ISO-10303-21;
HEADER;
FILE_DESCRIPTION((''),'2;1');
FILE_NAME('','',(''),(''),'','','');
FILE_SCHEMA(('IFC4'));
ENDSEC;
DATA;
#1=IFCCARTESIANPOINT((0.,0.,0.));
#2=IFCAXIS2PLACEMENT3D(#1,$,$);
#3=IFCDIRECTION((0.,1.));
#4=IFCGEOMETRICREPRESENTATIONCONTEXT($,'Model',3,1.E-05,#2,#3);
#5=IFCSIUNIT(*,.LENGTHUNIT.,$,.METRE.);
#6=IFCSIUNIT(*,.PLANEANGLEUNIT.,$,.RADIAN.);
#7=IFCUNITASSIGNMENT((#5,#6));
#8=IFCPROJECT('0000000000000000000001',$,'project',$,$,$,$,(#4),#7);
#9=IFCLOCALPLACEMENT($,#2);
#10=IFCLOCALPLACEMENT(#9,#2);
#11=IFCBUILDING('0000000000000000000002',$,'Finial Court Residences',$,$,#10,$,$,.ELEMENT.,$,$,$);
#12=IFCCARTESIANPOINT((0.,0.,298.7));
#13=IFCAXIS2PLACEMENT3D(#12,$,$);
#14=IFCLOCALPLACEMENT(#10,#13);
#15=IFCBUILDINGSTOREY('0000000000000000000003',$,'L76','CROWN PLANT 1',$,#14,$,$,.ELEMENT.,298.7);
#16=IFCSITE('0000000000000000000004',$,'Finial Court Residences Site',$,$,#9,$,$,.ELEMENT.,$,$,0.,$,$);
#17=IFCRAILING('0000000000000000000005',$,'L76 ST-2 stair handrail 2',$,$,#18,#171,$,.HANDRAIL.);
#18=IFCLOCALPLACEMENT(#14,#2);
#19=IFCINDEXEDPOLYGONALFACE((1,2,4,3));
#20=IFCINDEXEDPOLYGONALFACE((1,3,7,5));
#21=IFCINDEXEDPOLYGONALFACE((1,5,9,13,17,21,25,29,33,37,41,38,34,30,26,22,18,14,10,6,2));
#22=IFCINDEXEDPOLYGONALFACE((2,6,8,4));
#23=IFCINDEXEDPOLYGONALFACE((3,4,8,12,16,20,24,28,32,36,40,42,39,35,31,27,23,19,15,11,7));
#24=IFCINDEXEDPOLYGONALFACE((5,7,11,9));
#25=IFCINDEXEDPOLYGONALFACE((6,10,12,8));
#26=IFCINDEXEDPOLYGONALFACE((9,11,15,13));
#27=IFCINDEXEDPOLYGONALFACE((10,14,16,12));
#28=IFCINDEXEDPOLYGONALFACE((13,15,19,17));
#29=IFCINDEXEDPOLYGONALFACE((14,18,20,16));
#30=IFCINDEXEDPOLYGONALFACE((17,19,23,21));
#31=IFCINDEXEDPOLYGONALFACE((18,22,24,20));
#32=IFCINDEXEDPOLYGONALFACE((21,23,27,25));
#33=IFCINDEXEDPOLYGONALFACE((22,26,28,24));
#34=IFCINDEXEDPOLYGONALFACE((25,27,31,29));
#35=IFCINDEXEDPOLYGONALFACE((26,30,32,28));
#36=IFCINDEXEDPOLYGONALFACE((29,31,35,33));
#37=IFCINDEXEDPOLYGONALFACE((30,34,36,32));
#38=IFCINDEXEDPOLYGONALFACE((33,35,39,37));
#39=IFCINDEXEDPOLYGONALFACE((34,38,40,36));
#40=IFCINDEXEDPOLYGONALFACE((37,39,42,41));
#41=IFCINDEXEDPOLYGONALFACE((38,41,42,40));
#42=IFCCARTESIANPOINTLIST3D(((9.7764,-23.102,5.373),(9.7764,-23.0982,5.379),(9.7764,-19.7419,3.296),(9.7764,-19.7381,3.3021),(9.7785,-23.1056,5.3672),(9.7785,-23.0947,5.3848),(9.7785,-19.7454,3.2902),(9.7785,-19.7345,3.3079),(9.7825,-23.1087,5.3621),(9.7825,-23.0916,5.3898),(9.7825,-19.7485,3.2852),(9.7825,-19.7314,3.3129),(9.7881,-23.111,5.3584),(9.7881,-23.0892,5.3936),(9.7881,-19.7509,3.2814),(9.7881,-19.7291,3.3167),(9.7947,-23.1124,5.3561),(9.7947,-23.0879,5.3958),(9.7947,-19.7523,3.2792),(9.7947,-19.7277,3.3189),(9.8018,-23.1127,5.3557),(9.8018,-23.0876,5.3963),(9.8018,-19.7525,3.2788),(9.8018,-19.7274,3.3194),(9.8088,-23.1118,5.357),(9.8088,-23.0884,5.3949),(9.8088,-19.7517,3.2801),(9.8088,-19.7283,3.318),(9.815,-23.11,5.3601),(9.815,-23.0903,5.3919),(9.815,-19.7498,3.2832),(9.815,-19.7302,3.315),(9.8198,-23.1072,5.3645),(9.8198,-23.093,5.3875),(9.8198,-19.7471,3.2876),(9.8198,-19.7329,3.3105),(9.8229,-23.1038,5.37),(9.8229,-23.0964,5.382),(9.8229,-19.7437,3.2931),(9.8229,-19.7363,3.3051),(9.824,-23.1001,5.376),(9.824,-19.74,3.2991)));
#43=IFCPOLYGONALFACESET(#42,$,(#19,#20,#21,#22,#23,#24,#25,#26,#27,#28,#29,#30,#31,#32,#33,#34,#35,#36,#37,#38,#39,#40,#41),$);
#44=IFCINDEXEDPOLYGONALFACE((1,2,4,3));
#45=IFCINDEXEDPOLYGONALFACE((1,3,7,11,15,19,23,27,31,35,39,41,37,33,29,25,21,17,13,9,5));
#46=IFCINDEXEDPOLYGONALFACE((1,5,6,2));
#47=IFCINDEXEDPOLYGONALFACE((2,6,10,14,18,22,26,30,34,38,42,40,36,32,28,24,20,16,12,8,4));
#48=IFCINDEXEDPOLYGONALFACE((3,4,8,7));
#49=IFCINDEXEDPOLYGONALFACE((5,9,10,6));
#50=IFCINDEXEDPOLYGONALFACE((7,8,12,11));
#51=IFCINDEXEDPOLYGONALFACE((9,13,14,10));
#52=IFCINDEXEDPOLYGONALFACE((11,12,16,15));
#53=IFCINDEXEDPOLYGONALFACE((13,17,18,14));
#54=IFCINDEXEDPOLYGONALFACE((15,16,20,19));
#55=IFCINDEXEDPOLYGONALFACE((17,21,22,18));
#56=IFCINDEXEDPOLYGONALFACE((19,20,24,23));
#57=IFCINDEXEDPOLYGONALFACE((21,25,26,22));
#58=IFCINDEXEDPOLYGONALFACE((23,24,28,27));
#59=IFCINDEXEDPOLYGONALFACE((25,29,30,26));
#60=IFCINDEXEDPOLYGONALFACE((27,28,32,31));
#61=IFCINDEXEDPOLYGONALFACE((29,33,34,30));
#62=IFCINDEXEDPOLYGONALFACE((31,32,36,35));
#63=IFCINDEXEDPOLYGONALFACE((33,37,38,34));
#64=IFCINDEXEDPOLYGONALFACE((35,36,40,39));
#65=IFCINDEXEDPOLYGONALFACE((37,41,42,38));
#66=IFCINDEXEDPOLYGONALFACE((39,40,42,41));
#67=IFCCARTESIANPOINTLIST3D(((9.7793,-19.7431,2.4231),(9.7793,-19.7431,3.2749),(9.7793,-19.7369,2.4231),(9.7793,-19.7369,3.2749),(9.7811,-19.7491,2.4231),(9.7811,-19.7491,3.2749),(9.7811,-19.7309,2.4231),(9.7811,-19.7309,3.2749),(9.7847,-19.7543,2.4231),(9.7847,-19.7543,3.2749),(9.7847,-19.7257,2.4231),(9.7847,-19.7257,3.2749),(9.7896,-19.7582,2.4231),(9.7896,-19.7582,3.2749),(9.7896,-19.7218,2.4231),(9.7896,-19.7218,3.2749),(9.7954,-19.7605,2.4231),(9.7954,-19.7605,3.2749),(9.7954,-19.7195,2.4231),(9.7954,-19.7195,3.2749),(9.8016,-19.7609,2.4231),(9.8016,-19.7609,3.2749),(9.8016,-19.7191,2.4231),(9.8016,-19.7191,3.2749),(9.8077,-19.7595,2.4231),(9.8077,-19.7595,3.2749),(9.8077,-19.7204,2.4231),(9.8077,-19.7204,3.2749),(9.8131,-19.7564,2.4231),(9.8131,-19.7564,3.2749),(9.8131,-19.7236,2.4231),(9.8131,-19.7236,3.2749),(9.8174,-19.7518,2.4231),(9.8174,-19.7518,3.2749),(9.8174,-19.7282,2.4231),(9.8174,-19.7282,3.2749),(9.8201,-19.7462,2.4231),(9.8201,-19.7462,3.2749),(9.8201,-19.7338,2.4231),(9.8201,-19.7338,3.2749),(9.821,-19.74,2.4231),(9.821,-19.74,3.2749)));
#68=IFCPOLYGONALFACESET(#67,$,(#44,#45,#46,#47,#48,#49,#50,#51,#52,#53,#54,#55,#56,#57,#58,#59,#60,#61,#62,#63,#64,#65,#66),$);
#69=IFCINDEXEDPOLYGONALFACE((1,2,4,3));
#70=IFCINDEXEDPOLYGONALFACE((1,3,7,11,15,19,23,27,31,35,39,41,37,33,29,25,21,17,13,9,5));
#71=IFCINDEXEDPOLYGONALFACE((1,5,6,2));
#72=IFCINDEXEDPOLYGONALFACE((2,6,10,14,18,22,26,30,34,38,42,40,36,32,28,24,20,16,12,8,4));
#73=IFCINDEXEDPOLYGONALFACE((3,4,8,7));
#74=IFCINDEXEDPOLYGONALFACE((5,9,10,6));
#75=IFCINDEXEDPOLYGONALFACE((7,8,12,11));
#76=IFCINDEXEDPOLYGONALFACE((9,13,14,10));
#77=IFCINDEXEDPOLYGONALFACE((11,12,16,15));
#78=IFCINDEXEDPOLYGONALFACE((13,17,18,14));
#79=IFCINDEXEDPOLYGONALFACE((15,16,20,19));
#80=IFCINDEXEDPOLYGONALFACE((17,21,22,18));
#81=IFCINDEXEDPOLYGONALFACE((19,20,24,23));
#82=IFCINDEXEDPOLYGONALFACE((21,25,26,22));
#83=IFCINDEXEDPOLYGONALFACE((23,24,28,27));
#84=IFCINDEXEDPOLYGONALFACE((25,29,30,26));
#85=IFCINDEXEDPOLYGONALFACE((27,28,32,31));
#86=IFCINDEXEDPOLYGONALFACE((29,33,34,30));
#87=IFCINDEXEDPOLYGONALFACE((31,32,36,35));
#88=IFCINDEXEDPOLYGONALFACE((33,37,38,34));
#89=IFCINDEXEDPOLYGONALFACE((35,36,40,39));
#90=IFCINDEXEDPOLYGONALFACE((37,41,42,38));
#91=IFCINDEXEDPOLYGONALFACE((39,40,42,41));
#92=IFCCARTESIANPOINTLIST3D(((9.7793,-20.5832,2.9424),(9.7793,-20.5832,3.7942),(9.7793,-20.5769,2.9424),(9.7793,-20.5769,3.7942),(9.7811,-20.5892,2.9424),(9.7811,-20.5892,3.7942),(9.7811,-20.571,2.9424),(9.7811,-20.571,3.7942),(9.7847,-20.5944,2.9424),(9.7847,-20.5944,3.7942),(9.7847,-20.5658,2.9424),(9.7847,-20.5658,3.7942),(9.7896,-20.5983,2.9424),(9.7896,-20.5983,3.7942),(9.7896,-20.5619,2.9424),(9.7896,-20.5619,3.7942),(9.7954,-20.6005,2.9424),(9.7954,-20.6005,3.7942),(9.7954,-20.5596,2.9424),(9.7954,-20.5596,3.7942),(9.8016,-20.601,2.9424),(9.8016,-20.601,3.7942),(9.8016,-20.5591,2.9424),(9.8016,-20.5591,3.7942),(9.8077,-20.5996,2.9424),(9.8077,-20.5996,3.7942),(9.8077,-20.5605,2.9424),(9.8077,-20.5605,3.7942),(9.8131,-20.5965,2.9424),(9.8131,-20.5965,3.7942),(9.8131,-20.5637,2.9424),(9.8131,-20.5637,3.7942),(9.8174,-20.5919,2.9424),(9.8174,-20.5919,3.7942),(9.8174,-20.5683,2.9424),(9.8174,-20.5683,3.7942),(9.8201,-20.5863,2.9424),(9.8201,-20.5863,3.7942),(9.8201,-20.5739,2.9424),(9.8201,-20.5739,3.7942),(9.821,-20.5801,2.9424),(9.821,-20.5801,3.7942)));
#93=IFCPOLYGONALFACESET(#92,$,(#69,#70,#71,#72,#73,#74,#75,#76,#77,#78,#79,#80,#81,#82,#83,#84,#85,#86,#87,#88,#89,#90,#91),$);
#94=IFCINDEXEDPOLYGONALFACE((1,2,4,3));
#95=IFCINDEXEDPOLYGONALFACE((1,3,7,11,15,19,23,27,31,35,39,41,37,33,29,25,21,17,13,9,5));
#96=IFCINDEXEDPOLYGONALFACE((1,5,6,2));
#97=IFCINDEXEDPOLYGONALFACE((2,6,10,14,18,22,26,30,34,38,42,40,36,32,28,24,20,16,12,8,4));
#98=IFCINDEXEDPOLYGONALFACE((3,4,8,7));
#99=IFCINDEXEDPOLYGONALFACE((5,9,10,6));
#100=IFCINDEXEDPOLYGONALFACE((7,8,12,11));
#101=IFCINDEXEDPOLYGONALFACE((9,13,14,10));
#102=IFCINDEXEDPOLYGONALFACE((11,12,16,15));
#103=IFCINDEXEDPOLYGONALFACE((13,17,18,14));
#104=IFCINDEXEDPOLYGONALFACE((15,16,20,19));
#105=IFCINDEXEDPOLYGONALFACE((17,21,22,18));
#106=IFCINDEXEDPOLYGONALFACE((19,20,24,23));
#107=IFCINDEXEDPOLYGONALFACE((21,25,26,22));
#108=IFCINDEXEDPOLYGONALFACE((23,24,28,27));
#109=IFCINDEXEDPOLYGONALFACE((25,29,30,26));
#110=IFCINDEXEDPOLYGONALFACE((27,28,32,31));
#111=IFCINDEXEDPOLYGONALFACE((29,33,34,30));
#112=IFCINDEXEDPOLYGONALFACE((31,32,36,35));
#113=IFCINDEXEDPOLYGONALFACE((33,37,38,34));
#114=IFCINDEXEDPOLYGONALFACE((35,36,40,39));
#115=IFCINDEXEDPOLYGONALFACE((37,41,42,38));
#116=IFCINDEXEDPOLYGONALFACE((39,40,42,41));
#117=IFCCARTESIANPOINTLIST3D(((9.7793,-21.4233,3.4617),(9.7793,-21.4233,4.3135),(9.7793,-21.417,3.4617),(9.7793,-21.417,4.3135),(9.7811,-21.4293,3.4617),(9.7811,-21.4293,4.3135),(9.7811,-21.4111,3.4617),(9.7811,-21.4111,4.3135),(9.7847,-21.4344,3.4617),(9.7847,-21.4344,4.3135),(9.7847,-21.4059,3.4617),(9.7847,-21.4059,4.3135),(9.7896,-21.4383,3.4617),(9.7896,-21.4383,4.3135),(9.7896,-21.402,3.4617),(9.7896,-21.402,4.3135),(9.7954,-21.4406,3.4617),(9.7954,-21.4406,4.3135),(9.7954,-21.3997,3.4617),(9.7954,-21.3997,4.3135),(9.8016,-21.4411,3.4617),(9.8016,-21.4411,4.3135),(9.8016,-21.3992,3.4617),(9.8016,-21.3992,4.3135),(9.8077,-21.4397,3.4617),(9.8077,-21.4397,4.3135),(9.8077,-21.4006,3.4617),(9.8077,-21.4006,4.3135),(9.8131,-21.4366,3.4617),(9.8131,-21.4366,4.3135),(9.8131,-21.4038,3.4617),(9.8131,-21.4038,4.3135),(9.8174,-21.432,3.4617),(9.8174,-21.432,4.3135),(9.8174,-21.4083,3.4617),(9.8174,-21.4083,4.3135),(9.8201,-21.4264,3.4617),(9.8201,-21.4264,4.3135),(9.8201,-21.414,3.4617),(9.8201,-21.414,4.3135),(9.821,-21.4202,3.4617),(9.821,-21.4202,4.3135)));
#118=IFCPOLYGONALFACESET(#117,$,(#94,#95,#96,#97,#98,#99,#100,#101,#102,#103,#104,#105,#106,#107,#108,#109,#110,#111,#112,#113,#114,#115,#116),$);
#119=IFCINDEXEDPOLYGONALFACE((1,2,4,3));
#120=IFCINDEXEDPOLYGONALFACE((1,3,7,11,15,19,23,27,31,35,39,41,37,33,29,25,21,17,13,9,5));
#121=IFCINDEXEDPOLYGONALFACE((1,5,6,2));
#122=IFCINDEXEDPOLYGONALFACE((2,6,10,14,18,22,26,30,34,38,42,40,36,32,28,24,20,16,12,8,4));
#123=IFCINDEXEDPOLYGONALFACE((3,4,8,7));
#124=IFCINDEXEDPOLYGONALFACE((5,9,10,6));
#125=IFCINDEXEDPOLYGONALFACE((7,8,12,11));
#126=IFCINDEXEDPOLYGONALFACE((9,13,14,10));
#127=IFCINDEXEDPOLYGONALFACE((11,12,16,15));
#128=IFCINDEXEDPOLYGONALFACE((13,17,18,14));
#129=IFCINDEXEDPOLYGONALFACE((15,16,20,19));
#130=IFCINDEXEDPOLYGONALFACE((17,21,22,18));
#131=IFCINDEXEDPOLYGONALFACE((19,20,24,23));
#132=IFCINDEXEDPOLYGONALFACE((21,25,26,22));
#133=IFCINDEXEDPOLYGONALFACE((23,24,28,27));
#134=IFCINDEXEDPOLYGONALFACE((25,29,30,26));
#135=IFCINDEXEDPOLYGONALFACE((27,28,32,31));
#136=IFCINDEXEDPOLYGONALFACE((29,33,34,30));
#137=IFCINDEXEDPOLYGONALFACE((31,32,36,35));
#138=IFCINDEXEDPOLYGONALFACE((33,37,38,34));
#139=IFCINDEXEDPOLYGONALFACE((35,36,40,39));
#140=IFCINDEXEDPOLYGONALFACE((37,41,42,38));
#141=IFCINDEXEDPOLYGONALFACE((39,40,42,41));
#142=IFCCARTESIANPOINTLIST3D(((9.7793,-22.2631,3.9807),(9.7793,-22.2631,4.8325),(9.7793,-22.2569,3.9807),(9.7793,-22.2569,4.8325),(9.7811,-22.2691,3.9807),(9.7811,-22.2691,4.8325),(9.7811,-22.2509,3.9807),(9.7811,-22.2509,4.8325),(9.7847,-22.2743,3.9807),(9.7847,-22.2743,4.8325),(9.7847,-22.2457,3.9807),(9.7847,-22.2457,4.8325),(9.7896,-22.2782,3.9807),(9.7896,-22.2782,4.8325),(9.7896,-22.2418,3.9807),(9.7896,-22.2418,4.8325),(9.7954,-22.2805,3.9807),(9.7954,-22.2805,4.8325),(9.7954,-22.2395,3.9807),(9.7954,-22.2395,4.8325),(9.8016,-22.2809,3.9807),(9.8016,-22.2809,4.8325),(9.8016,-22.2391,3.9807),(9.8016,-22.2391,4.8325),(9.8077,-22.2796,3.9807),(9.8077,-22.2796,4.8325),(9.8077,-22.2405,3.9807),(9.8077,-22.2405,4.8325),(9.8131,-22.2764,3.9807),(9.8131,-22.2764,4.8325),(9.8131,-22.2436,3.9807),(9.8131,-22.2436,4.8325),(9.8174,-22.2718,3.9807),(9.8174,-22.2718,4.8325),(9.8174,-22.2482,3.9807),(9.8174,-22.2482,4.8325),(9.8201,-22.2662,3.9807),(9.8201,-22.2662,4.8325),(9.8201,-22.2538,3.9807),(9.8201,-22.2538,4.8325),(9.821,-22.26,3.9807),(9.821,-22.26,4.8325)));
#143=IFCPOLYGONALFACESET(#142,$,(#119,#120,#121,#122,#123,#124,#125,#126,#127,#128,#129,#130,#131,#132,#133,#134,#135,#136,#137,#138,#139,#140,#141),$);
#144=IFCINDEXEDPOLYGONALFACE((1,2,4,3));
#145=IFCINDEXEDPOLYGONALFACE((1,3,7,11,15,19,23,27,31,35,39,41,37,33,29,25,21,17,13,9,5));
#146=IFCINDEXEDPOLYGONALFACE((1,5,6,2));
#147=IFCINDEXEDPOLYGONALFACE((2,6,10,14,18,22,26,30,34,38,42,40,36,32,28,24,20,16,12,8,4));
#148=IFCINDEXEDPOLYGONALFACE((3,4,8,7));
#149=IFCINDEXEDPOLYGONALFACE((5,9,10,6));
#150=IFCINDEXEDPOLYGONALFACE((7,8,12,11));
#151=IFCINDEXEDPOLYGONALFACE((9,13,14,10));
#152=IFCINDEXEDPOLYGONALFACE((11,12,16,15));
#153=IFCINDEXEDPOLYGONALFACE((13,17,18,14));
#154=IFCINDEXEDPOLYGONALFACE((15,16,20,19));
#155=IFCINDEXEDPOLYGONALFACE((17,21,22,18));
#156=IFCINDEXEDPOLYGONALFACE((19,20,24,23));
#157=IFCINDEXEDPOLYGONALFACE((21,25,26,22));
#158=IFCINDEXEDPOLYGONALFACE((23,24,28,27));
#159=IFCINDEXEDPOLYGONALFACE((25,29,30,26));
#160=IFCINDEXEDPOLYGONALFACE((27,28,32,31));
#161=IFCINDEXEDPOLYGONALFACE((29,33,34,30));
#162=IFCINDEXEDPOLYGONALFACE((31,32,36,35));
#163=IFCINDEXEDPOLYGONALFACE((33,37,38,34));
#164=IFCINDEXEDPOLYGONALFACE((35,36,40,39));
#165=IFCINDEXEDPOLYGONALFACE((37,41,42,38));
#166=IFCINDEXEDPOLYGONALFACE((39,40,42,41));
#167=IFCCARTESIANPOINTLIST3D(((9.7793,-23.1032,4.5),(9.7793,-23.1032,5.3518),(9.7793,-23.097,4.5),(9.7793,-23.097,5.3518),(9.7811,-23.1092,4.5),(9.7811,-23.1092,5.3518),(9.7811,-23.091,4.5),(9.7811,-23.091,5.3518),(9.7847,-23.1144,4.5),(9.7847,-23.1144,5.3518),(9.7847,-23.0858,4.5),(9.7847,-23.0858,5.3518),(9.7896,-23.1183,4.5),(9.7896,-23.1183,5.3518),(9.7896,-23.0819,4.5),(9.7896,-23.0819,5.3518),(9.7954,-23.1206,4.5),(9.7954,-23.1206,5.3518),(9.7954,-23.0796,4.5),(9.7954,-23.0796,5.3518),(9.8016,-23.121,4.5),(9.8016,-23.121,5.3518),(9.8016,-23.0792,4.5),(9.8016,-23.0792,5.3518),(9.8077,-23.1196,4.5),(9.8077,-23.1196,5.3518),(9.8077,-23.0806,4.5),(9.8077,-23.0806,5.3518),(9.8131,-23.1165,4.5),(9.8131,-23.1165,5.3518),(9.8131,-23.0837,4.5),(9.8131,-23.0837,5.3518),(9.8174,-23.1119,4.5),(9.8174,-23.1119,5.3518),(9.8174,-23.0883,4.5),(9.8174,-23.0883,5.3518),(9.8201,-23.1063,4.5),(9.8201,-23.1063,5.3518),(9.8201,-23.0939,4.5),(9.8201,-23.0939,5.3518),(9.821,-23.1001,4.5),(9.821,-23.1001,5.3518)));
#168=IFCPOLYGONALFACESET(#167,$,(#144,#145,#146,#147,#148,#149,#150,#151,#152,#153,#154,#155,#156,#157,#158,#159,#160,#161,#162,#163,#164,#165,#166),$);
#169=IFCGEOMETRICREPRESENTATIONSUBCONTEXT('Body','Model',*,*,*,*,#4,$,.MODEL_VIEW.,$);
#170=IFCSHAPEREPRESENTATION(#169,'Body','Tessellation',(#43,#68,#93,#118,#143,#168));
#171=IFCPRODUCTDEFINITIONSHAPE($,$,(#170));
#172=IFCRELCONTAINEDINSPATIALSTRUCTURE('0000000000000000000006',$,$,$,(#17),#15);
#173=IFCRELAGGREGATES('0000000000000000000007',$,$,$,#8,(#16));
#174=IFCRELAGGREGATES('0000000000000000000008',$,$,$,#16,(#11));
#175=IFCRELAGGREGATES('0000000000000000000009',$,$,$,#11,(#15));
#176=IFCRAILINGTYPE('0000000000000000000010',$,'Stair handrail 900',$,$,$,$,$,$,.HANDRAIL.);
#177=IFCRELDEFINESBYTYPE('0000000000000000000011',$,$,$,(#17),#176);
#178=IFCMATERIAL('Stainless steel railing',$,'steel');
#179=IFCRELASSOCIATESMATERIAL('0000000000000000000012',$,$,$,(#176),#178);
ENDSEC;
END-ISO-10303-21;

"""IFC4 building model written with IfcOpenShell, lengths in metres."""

from ifc_helpers import new_model, si_unit, direction, frame, origin, origin_2d, place, context, subcontext, project, spatial, circle, extrude, material, type_object, element, save


model = new_model("IFC4")

# Units and contexts
model_context = context("Model", 3, precision=1e-05, world=origin(), true_north=direction((0.0, 1.0)))
body_context = subcontext(model_context, "Body", "Model", "MODEL_VIEW")
ifc_project = project(units=[si_unit("LENGTHUNIT", "METRE"), si_unit("PLANEANGLEUNIT", "RADIAN")], contexts=[model_context])

# Site, building, storey
site_placement = place(None, origin())
site = spatial("IfcSite", under=ifc_project, at=site_placement, Name="Finial Court Residences Site", CompositionType="ELEMENT", RefElevation=0.0)
building_placement = place(site_placement, origin())
building = spatial("IfcBuilding", under=site, at=building_placement, Name="Finial Court Residences", CompositionType="ELEMENT")
storey_placement = place(building_placement, frame((0.0, 0.0, 298.7)))
storey = spatial("IfcBuildingStorey", under=building, at=storey_placement, Name="L76", Description="CROWN PLANT 1", CompositionType="ELEMENT", Elevation=298.7)

# Railing
ifc_material_1 = material(Name="Stainless steel railing", Category="steel")
railing_type_1 = type_object("IfcRailingType", Name="Stair handrail 900", PredefinedType="HANDRAIL", material=ifc_material_1)
railing_1_placement = place(storey_placement, frame((9.8, -19.74, 2.4231)))
element("IfcRailing", 1, at=railing_1_placement, inside=storey, type_object=railing_type_1, Name="L76 ST-2 stair handrail 2", PredefinedType="HANDRAIL", context=body_context, shape_type="SweptSolid", body=[
    extrude(circle(Radius=0.0239, at=origin_2d()), frame((0.0, 0.0, 0.876), z_axis=(0.0, -0.850623, 0.525776), x_axis=(1.0, 0.0, 0.0)), (0.0, 0.0, 1.0), 3.9502),
    extrude(circle(Radius=0.021, at=origin_2d()), origin(), (0.0, 0.0, 1.0), 0.8518),
    extrude(circle(Radius=0.021, at=origin_2d()), frame((0.0, -0.8401, 0.5193)), (0.0, 0.0, 1.0), 0.8518),
    extrude(circle(Radius=0.021, at=origin_2d()), frame((0.0, -1.6802, 1.0386)), (0.0, 0.0, 1.0), 0.8518),
    extrude(circle(Radius=0.021, at=origin_2d()), frame((0.0, -2.52, 1.5576)), (0.0, 0.0, 1.0), 0.8518),
    extrude(circle(Radius=0.021, at=origin_2d()), frame((0.0, -3.3601, 2.0769)), (0.0, 0.0, 1.0), 0.8518),
])

save(model, "model.ifc")
